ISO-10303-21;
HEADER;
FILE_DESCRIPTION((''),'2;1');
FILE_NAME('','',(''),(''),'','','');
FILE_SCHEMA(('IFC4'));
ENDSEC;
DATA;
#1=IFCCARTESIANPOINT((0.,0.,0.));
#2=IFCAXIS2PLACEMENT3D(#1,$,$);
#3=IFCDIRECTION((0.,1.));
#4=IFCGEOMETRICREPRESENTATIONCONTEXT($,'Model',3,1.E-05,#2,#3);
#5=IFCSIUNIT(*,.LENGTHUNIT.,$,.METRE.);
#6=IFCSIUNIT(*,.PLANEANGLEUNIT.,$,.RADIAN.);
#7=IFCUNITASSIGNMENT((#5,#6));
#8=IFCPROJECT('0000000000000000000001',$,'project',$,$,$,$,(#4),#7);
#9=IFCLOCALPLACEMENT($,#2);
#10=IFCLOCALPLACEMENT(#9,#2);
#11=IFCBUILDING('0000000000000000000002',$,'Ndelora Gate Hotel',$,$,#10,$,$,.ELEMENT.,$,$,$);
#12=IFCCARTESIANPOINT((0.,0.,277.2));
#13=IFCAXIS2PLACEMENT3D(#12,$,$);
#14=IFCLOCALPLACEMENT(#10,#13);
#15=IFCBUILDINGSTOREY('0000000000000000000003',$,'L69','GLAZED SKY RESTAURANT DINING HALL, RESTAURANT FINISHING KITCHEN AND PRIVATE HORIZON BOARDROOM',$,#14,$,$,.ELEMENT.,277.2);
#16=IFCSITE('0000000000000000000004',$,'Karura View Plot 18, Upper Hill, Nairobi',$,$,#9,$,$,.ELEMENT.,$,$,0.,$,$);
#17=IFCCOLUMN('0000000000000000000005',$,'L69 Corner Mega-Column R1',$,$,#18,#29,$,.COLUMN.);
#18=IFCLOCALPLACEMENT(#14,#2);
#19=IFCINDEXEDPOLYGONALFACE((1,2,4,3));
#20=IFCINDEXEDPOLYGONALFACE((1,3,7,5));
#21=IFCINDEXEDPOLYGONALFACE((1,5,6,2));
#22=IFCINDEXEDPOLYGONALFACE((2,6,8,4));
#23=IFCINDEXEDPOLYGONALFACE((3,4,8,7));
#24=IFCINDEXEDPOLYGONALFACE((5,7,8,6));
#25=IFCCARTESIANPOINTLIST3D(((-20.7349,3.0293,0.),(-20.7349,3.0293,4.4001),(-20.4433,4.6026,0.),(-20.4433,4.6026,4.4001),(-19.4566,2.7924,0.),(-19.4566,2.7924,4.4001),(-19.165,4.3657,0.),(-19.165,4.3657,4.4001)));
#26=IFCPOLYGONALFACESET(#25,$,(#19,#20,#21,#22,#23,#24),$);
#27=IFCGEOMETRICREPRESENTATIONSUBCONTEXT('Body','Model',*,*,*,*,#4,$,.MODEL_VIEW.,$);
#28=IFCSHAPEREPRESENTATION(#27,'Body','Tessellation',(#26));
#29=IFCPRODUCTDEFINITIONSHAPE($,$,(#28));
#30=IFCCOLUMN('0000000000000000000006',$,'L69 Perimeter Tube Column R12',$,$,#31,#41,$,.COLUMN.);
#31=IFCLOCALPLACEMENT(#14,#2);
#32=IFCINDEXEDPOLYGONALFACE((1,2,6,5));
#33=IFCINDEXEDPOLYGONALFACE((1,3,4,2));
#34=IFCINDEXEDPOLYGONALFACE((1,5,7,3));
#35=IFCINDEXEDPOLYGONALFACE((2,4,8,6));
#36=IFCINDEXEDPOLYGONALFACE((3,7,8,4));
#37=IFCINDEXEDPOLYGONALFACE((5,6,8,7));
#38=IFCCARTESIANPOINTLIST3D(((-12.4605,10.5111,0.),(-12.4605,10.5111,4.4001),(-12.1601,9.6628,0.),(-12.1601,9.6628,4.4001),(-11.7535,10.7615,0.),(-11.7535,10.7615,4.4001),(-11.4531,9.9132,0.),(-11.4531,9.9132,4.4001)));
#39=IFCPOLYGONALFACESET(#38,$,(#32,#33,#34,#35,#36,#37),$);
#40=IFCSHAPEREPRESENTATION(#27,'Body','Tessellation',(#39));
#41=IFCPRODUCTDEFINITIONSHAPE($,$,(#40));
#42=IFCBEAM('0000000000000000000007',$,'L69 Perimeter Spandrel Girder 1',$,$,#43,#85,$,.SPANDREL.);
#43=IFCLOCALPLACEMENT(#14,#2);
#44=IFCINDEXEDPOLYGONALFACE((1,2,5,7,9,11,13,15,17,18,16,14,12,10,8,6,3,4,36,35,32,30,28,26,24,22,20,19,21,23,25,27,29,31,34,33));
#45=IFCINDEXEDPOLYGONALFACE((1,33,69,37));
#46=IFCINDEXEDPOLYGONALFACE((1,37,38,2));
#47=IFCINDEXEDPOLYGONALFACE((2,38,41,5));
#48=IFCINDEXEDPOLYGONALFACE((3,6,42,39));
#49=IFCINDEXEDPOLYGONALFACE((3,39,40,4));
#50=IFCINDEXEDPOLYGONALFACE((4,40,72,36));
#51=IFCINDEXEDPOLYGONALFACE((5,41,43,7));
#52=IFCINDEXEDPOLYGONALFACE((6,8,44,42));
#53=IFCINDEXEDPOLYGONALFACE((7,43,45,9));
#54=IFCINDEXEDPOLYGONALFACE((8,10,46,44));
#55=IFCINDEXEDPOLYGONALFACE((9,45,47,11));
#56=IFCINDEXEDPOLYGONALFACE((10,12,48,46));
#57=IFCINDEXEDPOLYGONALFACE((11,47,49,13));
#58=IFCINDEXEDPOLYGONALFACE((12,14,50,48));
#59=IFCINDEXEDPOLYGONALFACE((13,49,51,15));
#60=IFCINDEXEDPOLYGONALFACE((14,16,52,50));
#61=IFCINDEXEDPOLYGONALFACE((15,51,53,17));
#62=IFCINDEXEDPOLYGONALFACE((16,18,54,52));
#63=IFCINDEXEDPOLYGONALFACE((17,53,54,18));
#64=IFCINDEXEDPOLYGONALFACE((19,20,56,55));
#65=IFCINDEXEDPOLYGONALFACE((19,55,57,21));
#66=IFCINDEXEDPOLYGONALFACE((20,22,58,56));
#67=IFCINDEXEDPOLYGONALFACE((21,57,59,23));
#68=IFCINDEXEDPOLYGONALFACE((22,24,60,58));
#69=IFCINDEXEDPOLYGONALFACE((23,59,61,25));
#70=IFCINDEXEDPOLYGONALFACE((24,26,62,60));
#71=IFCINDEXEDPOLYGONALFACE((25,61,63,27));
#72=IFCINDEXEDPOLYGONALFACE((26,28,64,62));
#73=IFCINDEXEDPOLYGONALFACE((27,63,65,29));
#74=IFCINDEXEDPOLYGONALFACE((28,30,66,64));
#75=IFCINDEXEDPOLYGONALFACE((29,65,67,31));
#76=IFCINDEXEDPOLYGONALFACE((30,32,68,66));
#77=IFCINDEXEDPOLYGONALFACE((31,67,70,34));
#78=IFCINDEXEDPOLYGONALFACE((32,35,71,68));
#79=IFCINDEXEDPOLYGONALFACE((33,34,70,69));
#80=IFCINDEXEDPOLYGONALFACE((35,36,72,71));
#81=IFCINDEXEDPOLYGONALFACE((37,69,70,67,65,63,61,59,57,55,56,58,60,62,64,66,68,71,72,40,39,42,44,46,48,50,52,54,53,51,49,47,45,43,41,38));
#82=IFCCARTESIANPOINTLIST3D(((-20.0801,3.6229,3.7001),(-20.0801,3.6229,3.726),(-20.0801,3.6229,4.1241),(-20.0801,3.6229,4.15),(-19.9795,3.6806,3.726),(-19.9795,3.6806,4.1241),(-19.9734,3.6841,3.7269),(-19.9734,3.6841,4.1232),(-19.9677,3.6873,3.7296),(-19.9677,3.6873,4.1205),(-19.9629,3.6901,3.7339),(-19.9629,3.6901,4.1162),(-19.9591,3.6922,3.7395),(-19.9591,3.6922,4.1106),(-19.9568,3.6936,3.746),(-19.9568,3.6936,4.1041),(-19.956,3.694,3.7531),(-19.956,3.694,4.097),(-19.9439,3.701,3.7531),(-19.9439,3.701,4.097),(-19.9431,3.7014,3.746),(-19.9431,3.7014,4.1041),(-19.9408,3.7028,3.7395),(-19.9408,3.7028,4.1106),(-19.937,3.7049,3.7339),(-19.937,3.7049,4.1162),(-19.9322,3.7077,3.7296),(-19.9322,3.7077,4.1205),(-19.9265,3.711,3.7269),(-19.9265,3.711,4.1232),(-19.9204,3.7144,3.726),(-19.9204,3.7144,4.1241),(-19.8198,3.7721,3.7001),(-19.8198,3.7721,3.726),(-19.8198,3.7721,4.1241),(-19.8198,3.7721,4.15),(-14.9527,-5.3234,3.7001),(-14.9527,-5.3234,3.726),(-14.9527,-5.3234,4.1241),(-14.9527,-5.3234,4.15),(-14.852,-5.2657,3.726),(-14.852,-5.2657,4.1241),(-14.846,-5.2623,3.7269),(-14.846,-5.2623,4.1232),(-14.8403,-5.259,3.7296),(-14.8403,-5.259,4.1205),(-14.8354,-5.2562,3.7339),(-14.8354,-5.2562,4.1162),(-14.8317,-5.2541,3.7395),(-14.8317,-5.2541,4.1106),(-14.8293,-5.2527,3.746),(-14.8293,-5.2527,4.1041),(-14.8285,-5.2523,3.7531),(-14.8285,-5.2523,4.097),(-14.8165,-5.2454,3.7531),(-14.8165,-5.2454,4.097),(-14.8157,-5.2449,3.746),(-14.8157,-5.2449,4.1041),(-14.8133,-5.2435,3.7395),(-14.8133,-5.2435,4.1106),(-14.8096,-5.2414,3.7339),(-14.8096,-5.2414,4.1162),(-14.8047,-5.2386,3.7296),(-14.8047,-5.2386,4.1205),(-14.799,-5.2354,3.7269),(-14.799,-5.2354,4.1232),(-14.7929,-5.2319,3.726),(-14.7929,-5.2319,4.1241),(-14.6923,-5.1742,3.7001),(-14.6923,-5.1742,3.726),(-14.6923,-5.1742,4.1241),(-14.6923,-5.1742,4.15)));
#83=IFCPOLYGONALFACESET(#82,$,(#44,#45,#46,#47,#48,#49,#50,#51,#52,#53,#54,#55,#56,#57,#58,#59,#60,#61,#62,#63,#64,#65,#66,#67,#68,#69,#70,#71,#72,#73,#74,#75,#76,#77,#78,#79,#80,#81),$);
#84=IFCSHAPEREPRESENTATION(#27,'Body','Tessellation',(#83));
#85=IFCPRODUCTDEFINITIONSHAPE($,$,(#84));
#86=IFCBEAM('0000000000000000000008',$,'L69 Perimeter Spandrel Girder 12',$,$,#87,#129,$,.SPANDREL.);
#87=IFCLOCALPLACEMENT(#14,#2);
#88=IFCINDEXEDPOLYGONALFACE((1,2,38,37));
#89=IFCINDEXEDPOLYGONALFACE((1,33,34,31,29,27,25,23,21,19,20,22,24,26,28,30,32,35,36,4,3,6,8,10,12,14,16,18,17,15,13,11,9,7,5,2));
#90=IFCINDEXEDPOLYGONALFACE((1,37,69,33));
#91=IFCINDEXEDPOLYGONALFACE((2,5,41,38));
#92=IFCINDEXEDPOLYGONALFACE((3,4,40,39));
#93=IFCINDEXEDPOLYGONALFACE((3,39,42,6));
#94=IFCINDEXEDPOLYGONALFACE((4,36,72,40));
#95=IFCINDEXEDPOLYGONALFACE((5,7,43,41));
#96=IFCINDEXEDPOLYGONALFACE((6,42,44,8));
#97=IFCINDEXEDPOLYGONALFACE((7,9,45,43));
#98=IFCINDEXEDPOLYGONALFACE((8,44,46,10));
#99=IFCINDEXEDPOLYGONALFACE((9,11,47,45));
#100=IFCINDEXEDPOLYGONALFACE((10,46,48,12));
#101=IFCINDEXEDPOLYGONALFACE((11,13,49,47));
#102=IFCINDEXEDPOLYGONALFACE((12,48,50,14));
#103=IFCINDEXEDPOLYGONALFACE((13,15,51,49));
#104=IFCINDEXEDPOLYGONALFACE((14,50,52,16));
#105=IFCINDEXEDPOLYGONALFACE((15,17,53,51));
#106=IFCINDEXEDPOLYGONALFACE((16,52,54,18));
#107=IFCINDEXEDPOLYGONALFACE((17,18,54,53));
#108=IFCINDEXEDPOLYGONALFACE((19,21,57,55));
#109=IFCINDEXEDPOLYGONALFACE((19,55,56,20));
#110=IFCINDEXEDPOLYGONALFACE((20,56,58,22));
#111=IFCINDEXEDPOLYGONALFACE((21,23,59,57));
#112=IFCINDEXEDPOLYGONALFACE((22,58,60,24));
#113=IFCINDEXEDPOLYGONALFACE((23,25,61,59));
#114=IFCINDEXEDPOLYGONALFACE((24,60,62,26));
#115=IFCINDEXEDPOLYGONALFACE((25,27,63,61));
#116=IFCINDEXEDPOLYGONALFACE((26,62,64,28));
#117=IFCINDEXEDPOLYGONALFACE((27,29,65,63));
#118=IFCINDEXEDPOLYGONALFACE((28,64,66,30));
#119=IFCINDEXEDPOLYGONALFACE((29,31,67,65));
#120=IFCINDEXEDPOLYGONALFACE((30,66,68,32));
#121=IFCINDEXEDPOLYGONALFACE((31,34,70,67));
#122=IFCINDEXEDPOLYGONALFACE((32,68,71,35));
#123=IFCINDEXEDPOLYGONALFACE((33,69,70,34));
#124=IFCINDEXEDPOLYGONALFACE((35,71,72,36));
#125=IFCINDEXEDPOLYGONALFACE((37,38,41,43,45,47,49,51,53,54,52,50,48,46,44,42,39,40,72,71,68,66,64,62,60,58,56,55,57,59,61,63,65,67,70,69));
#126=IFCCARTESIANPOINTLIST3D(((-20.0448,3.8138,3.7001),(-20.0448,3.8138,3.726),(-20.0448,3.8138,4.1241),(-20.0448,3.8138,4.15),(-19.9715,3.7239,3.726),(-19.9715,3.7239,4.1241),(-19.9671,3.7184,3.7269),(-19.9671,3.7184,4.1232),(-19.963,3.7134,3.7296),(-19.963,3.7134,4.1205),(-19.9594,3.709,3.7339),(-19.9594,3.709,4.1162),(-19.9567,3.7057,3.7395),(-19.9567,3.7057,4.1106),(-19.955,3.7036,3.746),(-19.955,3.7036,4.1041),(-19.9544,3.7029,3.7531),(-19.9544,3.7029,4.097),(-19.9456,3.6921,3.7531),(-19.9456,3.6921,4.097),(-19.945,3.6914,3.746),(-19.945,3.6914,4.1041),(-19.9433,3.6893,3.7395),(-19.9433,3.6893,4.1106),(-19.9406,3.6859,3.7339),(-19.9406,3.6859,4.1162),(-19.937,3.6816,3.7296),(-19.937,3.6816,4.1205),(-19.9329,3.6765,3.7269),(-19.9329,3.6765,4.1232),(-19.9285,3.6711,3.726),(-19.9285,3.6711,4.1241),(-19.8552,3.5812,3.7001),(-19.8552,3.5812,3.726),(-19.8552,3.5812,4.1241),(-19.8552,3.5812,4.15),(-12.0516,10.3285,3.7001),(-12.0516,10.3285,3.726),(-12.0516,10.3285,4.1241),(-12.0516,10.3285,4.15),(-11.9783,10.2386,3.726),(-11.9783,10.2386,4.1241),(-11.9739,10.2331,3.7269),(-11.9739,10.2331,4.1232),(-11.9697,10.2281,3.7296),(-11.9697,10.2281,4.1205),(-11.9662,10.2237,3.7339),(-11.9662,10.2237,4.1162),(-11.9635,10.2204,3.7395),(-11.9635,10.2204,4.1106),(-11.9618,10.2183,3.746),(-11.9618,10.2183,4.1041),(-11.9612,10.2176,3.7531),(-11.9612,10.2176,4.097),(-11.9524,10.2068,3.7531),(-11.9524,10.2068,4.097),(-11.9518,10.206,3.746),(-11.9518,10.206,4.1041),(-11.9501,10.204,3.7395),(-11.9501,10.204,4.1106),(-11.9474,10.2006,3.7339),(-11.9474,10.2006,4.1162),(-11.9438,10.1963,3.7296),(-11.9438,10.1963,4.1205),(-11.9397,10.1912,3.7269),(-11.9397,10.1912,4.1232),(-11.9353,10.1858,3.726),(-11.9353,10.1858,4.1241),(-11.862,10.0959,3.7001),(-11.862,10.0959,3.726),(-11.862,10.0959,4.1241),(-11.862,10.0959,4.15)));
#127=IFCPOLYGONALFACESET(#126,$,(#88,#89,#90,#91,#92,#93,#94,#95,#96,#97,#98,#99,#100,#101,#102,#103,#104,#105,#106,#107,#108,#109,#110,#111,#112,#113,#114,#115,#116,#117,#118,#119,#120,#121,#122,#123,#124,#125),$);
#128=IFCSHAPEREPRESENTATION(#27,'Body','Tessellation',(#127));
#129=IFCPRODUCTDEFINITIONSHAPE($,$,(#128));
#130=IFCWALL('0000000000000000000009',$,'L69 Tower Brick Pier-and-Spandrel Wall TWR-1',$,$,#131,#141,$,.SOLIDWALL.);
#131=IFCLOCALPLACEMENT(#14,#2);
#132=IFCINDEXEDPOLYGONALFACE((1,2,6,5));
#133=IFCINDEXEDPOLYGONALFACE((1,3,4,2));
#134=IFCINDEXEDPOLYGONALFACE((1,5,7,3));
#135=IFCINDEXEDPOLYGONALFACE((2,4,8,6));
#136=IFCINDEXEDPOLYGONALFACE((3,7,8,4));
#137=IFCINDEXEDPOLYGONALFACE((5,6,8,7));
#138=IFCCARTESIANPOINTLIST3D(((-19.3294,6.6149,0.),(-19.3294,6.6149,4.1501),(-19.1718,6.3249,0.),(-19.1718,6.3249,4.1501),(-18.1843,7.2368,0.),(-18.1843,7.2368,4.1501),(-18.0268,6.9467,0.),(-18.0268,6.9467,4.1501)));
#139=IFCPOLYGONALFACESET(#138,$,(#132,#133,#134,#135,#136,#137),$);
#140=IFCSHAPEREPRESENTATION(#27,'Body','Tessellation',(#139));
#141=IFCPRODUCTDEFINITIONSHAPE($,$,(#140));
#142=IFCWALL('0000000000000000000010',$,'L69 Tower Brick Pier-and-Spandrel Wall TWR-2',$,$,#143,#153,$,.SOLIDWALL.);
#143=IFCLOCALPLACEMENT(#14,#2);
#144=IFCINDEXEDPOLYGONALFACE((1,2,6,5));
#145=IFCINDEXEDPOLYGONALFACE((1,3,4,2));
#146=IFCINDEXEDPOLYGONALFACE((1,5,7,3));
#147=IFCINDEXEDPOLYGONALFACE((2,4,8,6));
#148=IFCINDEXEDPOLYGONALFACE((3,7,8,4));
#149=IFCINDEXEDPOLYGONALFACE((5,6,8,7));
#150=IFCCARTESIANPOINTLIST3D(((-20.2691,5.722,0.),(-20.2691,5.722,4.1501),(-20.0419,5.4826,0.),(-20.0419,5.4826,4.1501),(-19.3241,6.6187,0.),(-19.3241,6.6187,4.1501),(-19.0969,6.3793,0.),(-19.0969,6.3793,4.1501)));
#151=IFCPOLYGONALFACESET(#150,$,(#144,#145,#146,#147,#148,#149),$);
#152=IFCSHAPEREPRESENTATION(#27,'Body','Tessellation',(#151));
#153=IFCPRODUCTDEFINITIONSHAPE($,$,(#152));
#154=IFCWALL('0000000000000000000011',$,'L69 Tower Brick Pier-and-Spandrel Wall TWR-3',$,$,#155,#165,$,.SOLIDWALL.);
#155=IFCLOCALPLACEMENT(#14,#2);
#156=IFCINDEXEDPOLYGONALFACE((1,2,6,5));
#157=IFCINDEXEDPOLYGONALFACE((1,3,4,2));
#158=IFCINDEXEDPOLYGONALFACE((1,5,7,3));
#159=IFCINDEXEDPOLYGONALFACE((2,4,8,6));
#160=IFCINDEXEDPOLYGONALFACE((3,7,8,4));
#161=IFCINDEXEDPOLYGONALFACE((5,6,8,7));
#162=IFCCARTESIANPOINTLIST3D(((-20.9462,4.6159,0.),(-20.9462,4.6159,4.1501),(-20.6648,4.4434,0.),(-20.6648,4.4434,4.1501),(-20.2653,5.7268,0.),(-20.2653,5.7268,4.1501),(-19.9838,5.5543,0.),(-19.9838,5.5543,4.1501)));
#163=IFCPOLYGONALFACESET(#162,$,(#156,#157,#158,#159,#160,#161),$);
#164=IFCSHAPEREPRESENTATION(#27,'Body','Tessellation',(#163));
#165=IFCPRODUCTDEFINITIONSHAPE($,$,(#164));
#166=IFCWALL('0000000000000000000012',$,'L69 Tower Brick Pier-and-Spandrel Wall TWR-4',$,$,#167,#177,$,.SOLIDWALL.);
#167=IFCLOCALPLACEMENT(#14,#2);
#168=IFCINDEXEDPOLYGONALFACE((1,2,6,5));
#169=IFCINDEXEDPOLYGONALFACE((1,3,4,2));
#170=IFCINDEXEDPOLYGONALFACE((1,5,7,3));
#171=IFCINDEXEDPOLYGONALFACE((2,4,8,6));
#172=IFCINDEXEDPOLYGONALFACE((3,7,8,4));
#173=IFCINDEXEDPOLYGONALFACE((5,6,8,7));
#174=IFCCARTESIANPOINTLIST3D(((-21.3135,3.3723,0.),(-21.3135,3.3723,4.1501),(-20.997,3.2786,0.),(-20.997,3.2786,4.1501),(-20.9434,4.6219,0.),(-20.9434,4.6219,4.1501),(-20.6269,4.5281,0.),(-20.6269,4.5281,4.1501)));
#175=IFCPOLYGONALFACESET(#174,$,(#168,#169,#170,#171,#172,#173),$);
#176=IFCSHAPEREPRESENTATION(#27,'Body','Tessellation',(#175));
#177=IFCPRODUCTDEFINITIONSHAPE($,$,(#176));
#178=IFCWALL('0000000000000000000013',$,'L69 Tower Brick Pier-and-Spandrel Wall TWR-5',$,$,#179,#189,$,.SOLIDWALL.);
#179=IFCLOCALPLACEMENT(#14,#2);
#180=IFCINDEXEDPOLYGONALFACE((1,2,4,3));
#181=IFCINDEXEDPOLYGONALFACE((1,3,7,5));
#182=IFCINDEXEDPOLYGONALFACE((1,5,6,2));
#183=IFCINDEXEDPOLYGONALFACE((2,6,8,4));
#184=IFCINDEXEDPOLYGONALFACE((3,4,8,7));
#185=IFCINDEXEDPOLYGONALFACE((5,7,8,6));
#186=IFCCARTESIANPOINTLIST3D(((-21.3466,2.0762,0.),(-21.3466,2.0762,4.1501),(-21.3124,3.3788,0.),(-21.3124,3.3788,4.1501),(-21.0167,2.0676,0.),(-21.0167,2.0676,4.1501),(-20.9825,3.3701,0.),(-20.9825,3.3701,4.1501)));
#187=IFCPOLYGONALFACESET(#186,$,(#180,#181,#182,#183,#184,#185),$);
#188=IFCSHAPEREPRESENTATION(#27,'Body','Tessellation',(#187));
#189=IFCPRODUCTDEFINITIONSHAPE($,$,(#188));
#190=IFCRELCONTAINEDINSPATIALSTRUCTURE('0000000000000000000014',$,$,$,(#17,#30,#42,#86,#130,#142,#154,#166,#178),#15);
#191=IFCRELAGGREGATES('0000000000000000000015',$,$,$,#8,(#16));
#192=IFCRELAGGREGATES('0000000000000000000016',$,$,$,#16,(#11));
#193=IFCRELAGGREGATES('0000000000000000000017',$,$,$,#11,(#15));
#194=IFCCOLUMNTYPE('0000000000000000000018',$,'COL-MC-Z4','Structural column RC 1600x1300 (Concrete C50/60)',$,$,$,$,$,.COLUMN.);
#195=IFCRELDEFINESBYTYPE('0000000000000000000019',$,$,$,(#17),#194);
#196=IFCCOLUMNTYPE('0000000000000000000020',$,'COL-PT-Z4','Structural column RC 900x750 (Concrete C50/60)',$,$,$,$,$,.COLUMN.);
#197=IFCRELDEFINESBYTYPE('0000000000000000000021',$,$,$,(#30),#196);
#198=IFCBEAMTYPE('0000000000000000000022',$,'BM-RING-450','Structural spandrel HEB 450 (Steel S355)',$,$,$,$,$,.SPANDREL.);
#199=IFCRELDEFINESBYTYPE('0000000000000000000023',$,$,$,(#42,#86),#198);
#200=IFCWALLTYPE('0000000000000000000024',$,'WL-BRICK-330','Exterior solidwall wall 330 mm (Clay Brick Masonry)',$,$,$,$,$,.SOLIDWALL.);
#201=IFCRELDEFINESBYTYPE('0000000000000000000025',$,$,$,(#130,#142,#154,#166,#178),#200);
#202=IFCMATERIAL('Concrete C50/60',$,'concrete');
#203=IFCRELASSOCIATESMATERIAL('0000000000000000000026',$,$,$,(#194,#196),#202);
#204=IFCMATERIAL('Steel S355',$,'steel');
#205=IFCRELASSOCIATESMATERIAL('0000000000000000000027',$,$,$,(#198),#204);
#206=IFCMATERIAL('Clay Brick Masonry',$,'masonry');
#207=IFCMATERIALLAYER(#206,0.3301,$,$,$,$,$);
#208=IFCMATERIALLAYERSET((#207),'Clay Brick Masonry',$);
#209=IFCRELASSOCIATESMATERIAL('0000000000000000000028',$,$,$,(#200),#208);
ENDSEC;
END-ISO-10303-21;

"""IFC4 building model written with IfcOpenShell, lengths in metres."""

from ifc_helpers import new_model, si_unit, direction, frame, frame_2d, origin, origin_2d, place, context, subcontext, project, spatial, rectangle, i_section, extrude, material, layer, layer_set, material_profile, profile_set, type_object, element, save


model = new_model("IFC4")

# Units and contexts
model_context = context("Model", 3, precision=1e-05, world=origin(), true_north=direction((0.0, 1.0)))
body_context = subcontext(model_context, "Body", "Model", "MODEL_VIEW")
ifc_project = project(units=[si_unit("LENGTHUNIT", "METRE"), si_unit("PLANEANGLEUNIT", "RADIAN")], contexts=[model_context])

# Site, building, storey
site_placement = place(None, origin())
site = spatial("IfcSite", under=ifc_project, at=site_placement, Name="Karura View Plot 18, Upper Hill, Nairobi", CompositionType="ELEMENT", RefElevation=0.0)
building_placement = place(site_placement, origin())
building = spatial("IfcBuilding", under=site, at=building_placement, Name="Ndelora Gate Hotel", CompositionType="ELEMENT")
storey_placement = place(building_placement, frame((0.0, 0.0, 277.2)))
storey = spatial("IfcBuildingStorey", under=building, at=storey_placement, Name="L69", Description="GLAZED SKY RESTAURANT DINING HALL, RESTAURANT FINISHING KITCHEN AND PRIVATE HORIZON BOARDROOM", CompositionType="ELEMENT", Elevation=277.2)

# Columns
ifc_material_1 = material(Name="Concrete C50/60", Category="concrete")
ifc_material_profile_1 = material_profile(ifc_material_1, rectangle(XDim=1.3, YDim=1.6001, at=origin_2d()), Name="RC 1600x1300")
ifc_profile_set_1 = profile_set([ifc_material_profile_1], Name="Concrete C50/60")
column_type_1 = type_object("IfcColumnType", Name="COL-MC-Z4", Description="Structural column RC 1600x1300 (Concrete C50/60)", PredefinedType="COLUMN", material=ifc_profile_set_1)
column_1_placement = place(storey_placement, frame((-19.95, 3.6975, 0.0), z_axis=(0.0, 0.0, 1.0), x_axis=(-0.983255, 0.182236, 0.0)))
element("IfcColumn", 1, at=column_1_placement, inside=storey, type_object=column_type_1, Name="L69 Corner Mega-Column R1", PredefinedType="COLUMN", context=body_context, shape_type="SweptSolid", body=[
    extrude(rectangle(XDim=1.3, YDim=1.6001, at=origin_2d()), origin(), (0.0, 0.0, 1.0), 4.4001),
])
ifc_material_profile_2 = material_profile(ifc_material_1, rectangle(XDim=0.75, YDim=0.8999, at=origin_2d()), Name="RC 900x750")
ifc_profile_set_2 = profile_set([ifc_material_profile_2], Name="Concrete C50/60")
column_type_2 = type_object("IfcColumnType", Name="COL-PT-Z4", Description="Structural column RC 900x750 (Concrete C50/60)", PredefinedType="COLUMN", material=ifc_profile_set_2)
column_2_placement = place(storey_placement, frame((-11.9568, 10.2122, 0.0), z_axis=(0.0, 0.0, 1.0), x_axis=(0.942641, 0.333807, 0.0)))
element("IfcColumn", 2, at=column_2_placement, inside=storey, type_object=column_type_2, Name="L69 Perimeter Tube Column R12", PredefinedType="COLUMN", context=body_context, shape_type="SweptSolid", body=[
    extrude(rectangle(XDim=0.75, YDim=0.8999, at=origin_2d()), origin(), (0.0, 0.0, 1.0), 4.4001),
])

# Beams
ifc_material_2 = material(Name="Steel S355", Category="steel")
ifc_material_profile_3 = material_profile(ifc_material_2, i_section(OverallWidth=0.3, OverallDepth=0.45, WebThickness=0.0139, FlangeThickness=0.0259, FilletRadius=0.0271, at=origin_2d()), Name="HEB 450")
ifc_profile_set_3 = profile_set([ifc_material_profile_3], Name="Steel S355")
beam_type = type_object("IfcBeamType", Name="BM-RING-450", Description="Structural spandrel HEB 450 (Steel S355)", PredefinedType="SPANDREL", material=ifc_profile_set_3)
beam_1_placement = place(storey_placement, frame((-19.95, 3.6975, 3.925), z_axis=(0.497255, -0.867604, 0.0), x_axis=(0.867604, 0.497255, 0.0)))
element("IfcBeam", 3, at=beam_1_placement, inside=storey, type_object=beam_type, Name="L69 Perimeter Spandrel Girder 1", PredefinedType="SPANDREL", context=body_context, shape_type="SweptSolid", body=[
    extrude(i_section(OverallWidth=0.3, OverallDepth=0.45, WebThickness=0.0139, FlangeThickness=0.0259, FilletRadius=0.0271, at=origin_2d()), origin(), (0.0, 0.0, 1.0), 10.3115),
])
beam_2_placement = place(storey_placement, frame((-11.9568, 10.2122, 3.925), z_axis=(-0.775154, -0.631772, 0.0), x_axis=(0.631772, -0.775154, 0.0)))
element("IfcBeam", 4, at=beam_2_placement, inside=storey, type_object=beam_type, Name="L69 Perimeter Spandrel Girder 12", PredefinedType="SPANDREL", context=body_context, shape_type="SweptSolid", body=[
    extrude(i_section(OverallWidth=0.3, OverallDepth=0.45, WebThickness=0.0139, FlangeThickness=0.0259, FilletRadius=0.0271, at=origin_2d()), origin(), (0.0, 0.0, 1.0), 10.3118),
])

# Walls
ifc_material_3 = material(Name="Clay Brick Masonry", Category="masonry")
ifc_layer_1 = layer(ifc_material_3, 0.3301)
ifc_layer_set_1 = layer_set([ifc_layer_1], Name="Clay Brick Masonry")
wall_type = type_object("IfcWallType", Name="WL-BRICK-330", Description="Exterior solidwall wall 330 mm (Clay Brick Masonry)", PredefinedType="SOLIDWALL", material=ifc_layer_set_1)
wall_1_placement = place(storey_placement, frame((-19.2505, 6.47, 0.0), z_axis=(0.0, 0.0, 1.0), x_axis=(0.878775, 0.477237, 0.0)))
element("IfcWall", 5, at=wall_1_placement, inside=storey, type_object=wall_type, Name="L69 Tower Brick Pier-and-Spandrel Wall TWR-1", PredefinedType="SOLIDWALL", context=body_context, shape_type="SweptSolid", body=[
    extrude(rectangle(XDim=1.303, YDim=0.3301, at=frame_2d((0.6514, 0.0))), origin(), (0.0, 0.0, 1.0), 4.1501),
])
wall_2_placement = place(storey_placement, frame((-20.1555, 5.6023, 0.0), z_axis=(0.0, 0.0, 1.0), x_axis=(0.725416, 0.688311, 0.0)))
element("IfcWall", 6, at=wall_2_placement, inside=storey, type_object=wall_type, Name="L69 Tower Brick Pier-and-Spandrel Wall TWR-2", PredefinedType="SOLIDWALL", context=body_context, shape_type="SweptSolid", body=[
    extrude(rectangle(XDim=1.3027, YDim=0.3301, at=frame_2d((0.6514, 0.0))), origin(), (0.0, 0.0, 1.0), 4.1501),
])
wall_3_placement = place(storey_placement, frame((-20.8054, 4.5298, 0.0), z_axis=(0.0, 0.0, 1.0), x_axis=(0.522602, 0.852577, 0.0)))
element("IfcWall", 7, at=wall_3_placement, inside=storey, type_object=wall_type, Name="L69 Tower Brick Pier-and-Spandrel Wall TWR-3", PredefinedType="SOLIDWALL", context=body_context, shape_type="SweptSolid", body=[
    extrude(rectangle(XDim=1.303, YDim=0.3301, at=frame_2d((0.6514, 0.0))), origin(), (0.0, 0.0, 1.0), 4.1501),
])
wall_4_placement = place(storey_placement, frame((-21.1553, 3.3254, 0.0), z_axis=(0.0, 0.0, 1.0), x_axis=(0.284012, 0.958821, 0.0)))
element("IfcWall", 8, at=wall_4_placement, inside=storey, type_object=wall_type, Name="L69 Tower Brick Pier-and-Spandrel Wall TWR-4", PredefinedType="SOLIDWALL", context=body_context, shape_type="SweptSolid", body=[
    extrude(rectangle(XDim=1.3032, YDim=0.3301, at=frame_2d((0.6516, 0.0))), origin(), (0.0, 0.0, 1.0), 4.1501),
])
for number, where, z_axis, x_axis, name in (
    (9, (-21.1816, 2.072, 0.0), (0.0, 0.0, 1.0), (0.026233, 0.999656, 0.0), "L69 Tower Brick Pier-and-Spandrel Wall TWR-5"),
):
    element("IfcWall", number, at=place(storey_placement, frame(where, z_axis=z_axis, x_axis=x_axis)), inside=storey, type_object=wall_type, Name=name, PredefinedType="SOLIDWALL", context=body_context, shape_type="SweptSolid", body=[
        extrude(rectangle(XDim=1.303, YDim=0.3301, at=frame_2d((0.6514, 0.0))), origin(), (0.0, 0.0, 1.0), 4.1501),
    ])

save(model, "model.ifc")
